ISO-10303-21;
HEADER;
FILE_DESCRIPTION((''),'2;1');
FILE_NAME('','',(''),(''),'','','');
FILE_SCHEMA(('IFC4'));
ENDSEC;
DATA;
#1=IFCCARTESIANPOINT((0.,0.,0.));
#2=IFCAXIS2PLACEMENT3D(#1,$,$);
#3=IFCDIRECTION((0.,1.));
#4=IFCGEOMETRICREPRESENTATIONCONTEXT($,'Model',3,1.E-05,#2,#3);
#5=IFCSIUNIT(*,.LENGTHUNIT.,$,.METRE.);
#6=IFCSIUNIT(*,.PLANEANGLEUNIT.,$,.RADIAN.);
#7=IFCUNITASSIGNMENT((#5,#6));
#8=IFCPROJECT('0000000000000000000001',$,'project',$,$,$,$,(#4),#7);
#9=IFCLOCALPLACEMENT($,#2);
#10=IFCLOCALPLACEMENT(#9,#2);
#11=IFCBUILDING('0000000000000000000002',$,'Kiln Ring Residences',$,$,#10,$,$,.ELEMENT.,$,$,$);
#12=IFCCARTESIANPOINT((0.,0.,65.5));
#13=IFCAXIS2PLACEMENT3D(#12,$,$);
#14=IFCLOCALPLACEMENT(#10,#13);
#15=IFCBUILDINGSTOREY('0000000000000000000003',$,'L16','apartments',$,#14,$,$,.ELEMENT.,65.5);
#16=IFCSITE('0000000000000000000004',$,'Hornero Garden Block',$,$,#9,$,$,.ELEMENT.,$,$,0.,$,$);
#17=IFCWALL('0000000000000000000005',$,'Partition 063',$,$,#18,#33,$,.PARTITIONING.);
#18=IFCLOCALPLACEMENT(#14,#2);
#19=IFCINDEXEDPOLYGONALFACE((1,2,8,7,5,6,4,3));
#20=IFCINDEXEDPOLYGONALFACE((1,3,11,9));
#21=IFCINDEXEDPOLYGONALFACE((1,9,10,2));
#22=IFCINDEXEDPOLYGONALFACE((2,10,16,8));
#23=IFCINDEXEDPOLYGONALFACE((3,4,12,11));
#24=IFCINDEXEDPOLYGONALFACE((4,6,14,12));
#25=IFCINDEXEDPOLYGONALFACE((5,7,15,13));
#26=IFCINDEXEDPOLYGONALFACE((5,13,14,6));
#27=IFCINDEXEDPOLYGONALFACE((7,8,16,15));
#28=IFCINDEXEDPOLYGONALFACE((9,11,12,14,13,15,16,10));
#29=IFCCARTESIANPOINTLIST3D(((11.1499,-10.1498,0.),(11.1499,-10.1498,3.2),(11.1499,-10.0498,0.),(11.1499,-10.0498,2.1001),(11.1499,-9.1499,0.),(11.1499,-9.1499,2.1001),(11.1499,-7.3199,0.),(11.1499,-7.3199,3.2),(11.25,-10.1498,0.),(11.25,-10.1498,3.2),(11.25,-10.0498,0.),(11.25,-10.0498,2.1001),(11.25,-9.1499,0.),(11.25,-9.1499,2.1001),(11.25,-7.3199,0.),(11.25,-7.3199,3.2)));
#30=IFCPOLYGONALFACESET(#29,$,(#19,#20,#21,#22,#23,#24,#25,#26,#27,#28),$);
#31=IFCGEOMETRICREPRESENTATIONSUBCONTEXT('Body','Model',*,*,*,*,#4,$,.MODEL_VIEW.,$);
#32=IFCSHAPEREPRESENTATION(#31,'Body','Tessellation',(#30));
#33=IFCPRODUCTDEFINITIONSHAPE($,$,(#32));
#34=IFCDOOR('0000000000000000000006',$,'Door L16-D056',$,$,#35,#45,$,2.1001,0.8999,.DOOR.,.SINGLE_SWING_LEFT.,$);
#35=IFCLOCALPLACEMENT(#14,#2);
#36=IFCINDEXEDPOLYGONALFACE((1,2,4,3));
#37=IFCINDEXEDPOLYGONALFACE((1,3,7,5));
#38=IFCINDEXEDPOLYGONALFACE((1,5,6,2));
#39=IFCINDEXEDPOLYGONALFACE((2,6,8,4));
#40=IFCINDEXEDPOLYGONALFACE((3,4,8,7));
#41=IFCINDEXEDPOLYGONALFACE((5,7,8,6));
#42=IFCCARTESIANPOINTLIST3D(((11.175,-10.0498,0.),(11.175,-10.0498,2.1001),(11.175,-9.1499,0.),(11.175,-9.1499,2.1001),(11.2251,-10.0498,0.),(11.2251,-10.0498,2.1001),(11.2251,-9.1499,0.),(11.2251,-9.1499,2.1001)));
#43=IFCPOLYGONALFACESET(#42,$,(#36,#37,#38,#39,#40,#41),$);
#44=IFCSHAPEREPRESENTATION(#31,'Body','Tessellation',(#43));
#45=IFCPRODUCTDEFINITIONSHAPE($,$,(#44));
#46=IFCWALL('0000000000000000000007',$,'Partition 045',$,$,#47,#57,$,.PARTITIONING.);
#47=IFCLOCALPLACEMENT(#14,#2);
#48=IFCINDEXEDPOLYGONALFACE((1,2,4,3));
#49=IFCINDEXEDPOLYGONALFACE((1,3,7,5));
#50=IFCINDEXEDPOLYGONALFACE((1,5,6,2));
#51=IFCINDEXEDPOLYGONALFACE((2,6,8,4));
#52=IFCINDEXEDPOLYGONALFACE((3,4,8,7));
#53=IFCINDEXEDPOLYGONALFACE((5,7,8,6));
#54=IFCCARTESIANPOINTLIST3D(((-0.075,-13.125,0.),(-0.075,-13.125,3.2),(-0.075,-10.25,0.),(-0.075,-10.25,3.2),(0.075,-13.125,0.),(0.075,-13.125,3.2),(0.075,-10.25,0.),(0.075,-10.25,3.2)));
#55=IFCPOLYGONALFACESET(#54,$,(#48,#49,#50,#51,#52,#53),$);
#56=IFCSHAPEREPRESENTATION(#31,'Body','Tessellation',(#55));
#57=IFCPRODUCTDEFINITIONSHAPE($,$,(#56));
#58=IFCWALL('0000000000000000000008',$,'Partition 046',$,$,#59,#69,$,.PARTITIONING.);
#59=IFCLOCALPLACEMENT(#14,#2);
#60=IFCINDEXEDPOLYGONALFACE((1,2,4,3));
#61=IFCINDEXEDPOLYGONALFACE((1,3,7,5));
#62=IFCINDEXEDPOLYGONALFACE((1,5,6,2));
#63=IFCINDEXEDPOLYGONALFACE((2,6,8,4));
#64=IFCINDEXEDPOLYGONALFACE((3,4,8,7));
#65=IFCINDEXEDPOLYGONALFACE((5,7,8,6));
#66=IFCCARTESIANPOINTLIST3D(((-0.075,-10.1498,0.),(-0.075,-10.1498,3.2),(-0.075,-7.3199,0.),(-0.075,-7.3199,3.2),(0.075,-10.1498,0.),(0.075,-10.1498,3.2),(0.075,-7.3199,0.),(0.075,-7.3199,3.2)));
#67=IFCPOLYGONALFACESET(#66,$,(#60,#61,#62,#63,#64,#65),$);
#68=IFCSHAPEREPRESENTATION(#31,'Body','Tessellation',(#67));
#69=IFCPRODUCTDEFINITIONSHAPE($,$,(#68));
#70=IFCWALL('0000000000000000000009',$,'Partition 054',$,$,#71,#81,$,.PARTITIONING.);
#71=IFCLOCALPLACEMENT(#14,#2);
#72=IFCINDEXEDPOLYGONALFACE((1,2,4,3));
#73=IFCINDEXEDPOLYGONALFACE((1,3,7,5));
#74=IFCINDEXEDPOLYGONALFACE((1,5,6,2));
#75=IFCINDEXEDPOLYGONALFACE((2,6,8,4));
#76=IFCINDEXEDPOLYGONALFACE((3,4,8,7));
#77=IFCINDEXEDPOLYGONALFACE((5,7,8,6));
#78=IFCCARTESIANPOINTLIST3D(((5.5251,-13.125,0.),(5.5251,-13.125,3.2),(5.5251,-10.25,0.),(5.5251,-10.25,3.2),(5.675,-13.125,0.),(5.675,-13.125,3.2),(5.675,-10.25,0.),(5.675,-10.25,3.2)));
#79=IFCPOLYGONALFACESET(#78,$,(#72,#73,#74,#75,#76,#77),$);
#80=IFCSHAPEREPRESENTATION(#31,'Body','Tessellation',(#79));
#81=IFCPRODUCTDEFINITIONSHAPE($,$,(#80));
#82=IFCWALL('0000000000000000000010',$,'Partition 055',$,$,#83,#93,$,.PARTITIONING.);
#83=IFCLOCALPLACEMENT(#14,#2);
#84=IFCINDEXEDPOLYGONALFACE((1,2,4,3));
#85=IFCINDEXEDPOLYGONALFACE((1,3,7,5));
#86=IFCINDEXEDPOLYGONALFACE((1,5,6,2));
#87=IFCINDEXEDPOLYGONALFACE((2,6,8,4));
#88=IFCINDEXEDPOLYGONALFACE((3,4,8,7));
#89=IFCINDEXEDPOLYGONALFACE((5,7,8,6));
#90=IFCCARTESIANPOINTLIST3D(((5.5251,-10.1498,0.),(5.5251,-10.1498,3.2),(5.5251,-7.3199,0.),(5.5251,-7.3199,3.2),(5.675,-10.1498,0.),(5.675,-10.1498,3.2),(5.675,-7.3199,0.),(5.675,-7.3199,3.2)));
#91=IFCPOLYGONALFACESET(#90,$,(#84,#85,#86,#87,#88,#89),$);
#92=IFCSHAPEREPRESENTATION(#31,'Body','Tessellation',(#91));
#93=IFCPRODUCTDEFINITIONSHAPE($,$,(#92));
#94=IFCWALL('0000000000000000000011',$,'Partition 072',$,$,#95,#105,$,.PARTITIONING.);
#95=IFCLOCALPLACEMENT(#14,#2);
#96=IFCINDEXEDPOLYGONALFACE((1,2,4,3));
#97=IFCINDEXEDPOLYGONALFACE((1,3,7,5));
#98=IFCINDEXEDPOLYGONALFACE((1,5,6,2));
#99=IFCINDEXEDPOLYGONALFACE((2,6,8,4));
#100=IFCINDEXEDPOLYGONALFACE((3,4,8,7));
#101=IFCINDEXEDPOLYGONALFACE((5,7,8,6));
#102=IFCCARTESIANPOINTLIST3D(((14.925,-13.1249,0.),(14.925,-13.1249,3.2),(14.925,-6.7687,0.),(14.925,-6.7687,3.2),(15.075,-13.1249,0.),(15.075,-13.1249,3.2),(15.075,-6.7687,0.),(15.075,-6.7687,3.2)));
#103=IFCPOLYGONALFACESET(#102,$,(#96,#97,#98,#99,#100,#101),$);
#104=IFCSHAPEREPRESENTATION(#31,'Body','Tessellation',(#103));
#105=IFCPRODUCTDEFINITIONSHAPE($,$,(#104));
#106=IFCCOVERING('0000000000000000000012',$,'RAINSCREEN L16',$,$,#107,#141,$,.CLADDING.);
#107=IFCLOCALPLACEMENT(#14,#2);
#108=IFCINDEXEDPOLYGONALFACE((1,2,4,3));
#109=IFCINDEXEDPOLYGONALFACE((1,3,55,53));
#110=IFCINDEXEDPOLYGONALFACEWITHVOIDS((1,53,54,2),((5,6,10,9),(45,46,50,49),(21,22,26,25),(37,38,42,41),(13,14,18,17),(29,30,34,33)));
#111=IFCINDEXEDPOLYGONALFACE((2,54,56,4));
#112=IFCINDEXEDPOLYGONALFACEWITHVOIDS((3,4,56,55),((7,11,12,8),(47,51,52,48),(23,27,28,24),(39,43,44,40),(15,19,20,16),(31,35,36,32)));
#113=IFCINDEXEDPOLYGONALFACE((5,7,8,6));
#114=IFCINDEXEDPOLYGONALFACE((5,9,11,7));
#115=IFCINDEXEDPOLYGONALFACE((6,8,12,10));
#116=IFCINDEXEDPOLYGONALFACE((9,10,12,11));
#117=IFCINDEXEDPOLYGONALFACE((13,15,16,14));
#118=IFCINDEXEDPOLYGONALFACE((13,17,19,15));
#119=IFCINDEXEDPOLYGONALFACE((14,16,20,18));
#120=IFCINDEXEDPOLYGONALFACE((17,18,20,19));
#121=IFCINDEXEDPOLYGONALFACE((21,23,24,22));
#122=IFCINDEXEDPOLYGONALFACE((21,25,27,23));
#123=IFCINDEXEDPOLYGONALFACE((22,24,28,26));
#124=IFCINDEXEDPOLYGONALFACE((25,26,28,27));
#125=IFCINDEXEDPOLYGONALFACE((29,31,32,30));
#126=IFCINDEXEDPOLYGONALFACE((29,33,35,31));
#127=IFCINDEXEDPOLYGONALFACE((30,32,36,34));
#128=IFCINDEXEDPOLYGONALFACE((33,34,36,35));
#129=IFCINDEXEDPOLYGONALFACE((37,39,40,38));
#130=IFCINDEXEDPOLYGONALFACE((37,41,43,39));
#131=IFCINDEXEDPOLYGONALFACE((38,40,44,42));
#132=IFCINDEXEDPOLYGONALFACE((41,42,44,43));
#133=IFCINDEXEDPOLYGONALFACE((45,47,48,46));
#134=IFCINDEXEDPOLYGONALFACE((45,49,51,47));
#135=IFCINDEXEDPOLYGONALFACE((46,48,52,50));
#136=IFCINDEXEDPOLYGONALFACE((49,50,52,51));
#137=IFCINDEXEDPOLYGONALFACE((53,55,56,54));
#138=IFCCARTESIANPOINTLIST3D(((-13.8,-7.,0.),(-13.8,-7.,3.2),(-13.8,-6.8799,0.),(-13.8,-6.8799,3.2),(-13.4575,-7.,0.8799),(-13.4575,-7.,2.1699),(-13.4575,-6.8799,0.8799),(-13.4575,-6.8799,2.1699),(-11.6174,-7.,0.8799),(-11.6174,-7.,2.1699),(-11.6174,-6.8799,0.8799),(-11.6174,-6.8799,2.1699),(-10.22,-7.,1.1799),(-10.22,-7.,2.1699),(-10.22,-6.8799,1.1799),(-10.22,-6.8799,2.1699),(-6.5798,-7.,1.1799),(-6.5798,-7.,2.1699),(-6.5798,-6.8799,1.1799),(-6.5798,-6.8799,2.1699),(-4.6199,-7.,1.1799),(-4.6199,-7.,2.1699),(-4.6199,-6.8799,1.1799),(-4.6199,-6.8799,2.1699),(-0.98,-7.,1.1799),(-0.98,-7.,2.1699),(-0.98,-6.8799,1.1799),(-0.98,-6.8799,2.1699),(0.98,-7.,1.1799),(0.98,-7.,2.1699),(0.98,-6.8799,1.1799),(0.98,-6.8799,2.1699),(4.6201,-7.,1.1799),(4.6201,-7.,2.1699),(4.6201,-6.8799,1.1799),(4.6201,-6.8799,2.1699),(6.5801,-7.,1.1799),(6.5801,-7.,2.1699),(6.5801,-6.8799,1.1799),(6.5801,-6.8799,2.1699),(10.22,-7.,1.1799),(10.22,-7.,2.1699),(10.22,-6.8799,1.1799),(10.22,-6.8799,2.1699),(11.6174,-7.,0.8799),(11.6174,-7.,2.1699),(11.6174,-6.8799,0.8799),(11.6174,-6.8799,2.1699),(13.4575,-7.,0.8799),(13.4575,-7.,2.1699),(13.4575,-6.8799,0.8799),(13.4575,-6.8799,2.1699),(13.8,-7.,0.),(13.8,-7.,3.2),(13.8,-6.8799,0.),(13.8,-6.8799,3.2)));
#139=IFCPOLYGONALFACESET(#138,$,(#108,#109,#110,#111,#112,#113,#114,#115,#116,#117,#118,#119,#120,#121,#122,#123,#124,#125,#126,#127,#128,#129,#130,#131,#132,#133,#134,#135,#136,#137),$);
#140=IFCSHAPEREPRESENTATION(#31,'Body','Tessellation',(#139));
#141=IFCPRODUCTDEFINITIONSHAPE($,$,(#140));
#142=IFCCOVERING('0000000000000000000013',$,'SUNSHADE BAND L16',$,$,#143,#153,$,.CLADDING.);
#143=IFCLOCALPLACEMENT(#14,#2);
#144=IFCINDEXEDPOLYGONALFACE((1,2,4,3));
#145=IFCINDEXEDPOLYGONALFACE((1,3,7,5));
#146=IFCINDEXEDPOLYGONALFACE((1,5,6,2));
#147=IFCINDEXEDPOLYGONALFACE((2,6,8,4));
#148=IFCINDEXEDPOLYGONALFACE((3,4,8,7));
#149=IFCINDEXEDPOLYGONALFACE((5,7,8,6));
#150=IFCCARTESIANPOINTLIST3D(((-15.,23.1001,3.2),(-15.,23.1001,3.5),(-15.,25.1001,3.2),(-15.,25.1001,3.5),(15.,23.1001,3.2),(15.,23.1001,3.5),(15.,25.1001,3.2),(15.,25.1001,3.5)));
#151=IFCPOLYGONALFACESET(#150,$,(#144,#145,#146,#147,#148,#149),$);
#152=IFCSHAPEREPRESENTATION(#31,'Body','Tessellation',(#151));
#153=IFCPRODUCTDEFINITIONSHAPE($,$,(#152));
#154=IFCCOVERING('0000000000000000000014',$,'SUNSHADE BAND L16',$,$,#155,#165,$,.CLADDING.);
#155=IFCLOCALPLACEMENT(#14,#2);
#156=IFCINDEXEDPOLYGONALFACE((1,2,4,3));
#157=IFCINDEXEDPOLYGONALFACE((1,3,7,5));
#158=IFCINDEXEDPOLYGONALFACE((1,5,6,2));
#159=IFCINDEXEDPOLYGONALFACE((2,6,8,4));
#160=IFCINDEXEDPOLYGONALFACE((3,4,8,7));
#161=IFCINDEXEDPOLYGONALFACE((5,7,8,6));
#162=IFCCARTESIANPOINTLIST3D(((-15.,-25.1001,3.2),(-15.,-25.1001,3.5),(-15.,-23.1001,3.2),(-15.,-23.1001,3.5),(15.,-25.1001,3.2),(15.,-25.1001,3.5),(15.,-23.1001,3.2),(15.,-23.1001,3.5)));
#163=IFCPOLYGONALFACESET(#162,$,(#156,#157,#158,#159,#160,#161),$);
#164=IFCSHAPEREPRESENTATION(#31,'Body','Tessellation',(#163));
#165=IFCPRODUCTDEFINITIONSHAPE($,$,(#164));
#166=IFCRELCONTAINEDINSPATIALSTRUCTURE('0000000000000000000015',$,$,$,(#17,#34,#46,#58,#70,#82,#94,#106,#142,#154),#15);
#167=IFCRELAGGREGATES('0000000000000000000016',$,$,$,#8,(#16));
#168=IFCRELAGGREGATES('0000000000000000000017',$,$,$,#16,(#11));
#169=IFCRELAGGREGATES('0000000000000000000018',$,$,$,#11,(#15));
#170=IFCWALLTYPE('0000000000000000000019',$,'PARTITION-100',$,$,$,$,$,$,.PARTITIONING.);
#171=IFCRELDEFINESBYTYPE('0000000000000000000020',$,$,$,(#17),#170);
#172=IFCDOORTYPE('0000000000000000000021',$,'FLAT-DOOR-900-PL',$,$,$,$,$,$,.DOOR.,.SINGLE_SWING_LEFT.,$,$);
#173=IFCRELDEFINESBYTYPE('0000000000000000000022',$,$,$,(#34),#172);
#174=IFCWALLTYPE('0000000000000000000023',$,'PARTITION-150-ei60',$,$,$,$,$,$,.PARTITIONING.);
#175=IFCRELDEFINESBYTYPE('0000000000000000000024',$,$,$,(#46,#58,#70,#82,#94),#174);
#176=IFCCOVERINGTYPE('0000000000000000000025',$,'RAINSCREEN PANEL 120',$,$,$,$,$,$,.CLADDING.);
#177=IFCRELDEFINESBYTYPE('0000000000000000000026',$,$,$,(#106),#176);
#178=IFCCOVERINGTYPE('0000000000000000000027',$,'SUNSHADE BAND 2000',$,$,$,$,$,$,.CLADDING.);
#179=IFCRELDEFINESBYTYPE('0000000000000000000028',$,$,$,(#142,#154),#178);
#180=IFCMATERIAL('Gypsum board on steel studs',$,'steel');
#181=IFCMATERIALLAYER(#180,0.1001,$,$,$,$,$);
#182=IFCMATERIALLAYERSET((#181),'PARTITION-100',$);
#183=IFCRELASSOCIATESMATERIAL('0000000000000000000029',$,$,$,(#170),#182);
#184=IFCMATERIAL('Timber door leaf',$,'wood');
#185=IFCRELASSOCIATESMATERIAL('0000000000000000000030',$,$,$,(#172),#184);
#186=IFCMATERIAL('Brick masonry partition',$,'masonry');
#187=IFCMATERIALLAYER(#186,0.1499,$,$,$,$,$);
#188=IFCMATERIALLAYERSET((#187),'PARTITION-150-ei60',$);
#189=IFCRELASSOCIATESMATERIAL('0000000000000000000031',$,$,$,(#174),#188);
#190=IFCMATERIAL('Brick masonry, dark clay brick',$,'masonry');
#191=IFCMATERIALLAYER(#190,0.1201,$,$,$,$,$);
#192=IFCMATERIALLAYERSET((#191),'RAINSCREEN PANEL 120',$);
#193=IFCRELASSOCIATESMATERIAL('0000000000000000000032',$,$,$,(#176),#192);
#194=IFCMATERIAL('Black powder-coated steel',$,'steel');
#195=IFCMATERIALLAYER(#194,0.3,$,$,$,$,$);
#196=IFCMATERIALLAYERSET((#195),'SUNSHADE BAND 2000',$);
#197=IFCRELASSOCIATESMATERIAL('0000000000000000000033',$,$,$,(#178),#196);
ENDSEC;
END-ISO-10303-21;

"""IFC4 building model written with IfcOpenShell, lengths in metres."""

from ifc_helpers import new_model, si_unit, direction, frame, frame_2d, origin, place, context, subcontext, project, spatial, polyline, rectangle, outline, extrude, material, layer, layer_set, type_object, element, fill, save


model = new_model("IFC4")

# Units and contexts
model_context = context("Model", 3, precision=1e-05, world=origin(), true_north=direction((0.0, 1.0)))
body_context = subcontext(model_context, "Body", "Model", "MODEL_VIEW")
ifc_project = project(units=[si_unit("LENGTHUNIT", "METRE"), si_unit("PLANEANGLEUNIT", "RADIAN")], contexts=[model_context])

# Site, building, storey
site_placement = place(None, origin())
site = spatial("IfcSite", under=ifc_project, at=site_placement, Name="Hornero Garden Block", CompositionType="ELEMENT", RefElevation=0.0)
building_placement = place(site_placement, origin())
building = spatial("IfcBuilding", under=site, at=building_placement, Name="Kiln Ring Residences", CompositionType="ELEMENT")
storey_placement = place(building_placement, frame((0.0, 0.0, 65.5)))
storey = spatial("IfcBuildingStorey", under=building, at=storey_placement, Name="L16", Description="apartments", CompositionType="ELEMENT", Elevation=65.5)

# Shared definitions
ifc_material_1 = material(Name="Gypsum board on steel studs", Category="steel")
ifc_layer_1 = layer(ifc_material_1, 0.1001)
ifc_layer_set_1 = layer_set([ifc_layer_1], Name="PARTITION-100")
wall_type_1 = type_object("IfcWallType", Name="PARTITION-100", PredefinedType="PARTITIONING", material=ifc_layer_set_1)

# Wall, opening, door
wall_1_placement = place(storey_placement, frame((11.2, -10.1499, 0.0), z_axis=(0.0, 0.0, 1.0), x_axis=(0.0, 1.0, 0.0)))
wall_1 = element("IfcWall", 1, at=wall_1_placement, inside=storey, type_object=wall_type_1, Name="Partition 063", PredefinedType="PARTITIONING", context=body_context, shape_type="SweptSolid", body=[
    extrude(rectangle(XDim=2.8298, YDim=0.1001, at=frame_2d((1.415, 0.0))), origin(), (0.0, 0.0, 1.0), 3.2),
])
opening_1_placement = place(wall_1_placement, frame((0.1001, 0.0, 0.0)))
opening_1 = element("IfcOpeningElement", 2, at=opening_1_placement, cuts=wall_1, PredefinedType="OPENING", context=body_context, shape_type="SweptSolid", body=[
    extrude(rectangle(XDim=0.8999, YDim=2.1001, at=frame_2d((0.45, 1.05))), frame((0.0, 0.0601, 0.0), z_axis=(0.0, -1.0, 0.0), x_axis=(1.0, 0.0, 0.0)), (0.0, 0.0, 1.0), 0.1201),
])
ifc_material_2 = material(Name="Timber door leaf", Category="wood")
door_type = type_object("IfcDoorType", Name="FLAT-DOOR-900-PL", OperationType="SINGLE_SWING_LEFT", PredefinedType="DOOR", material=ifc_material_2)
door_placement = place(opening_1_placement, origin())
door = element("IfcDoor", 3, at=door_placement, inside=storey, type_object=door_type, Name="Door L16-D056", OperationType="SINGLE_SWING_LEFT", OverallHeight=2.1001, OverallWidth=0.8999, PredefinedType="DOOR", context=body_context, shape_type="SweptSolid", body=[
    extrude(rectangle(XDim=0.8999, YDim=2.1001, at=frame_2d((0.45, 1.05))), frame((0.0, 0.0249, 0.0), z_axis=(0.0, -1.0, 0.0), x_axis=(1.0, 0.0, 0.0)), (0.0, 0.0, 1.0), 0.05),
])
fill(opening_1, door)

# Walls
ifc_material_3 = material(Name="Brick masonry partition", Category="masonry")
ifc_layer_2 = layer(ifc_material_3, 0.1499)
ifc_layer_set_2 = layer_set([ifc_layer_2], Name="PARTITION-150-ei60")
wall_type_2 = type_object("IfcWallType", Name="PARTITION-150-ei60", PredefinedType="PARTITIONING", material=ifc_layer_set_2)
wall_2_placement = place(storey_placement, frame((0.0, -13.125, 0.0), z_axis=(0.0, 0.0, 1.0), x_axis=(0.0, 1.0, 0.0)))
element("IfcWall", 4, at=wall_2_placement, inside=storey, type_object=wall_type_2, Name="Partition 045", PredefinedType="PARTITIONING", context=body_context, shape_type="SweptSolid", body=[
    extrude(rectangle(XDim=2.875, YDim=0.1499, at=frame_2d((1.4375, 0.0))), origin(), (0.0, 0.0, 1.0), 3.2),
])
wall_3_placement = place(storey_placement, frame((0.0, -10.1499, 0.0), z_axis=(0.0, 0.0, 1.0), x_axis=(0.0, 1.0, 0.0)))
element("IfcWall", 5, at=wall_3_placement, inside=storey, type_object=wall_type_2, Name="Partition 046", PredefinedType="PARTITIONING", context=body_context, shape_type="SweptSolid", body=[
    extrude(rectangle(XDim=2.8298, YDim=0.1499, at=frame_2d((1.415, 0.0))), origin(), (0.0, 0.0, 1.0), 3.2),
])
wall_4_placement = place(storey_placement, frame((5.6001, -13.125, 0.0), z_axis=(0.0, 0.0, 1.0), x_axis=(0.0, 1.0, 0.0)))
element("IfcWall", 6, at=wall_4_placement, inside=storey, type_object=wall_type_2, Name="Partition 054", PredefinedType="PARTITIONING", context=body_context, shape_type="SweptSolid", body=[
    extrude(rectangle(XDim=2.875, YDim=0.1499, at=frame_2d((1.4375, 0.0))), origin(), (0.0, 0.0, 1.0), 3.2),
])
wall_5_placement = place(storey_placement, frame((5.6001, -10.1499, 0.0), z_axis=(0.0, 0.0, 1.0), x_axis=(0.0, 1.0, 0.0)))
element("IfcWall", 7, at=wall_5_placement, inside=storey, type_object=wall_type_2, Name="Partition 055", PredefinedType="PARTITIONING", context=body_context, shape_type="SweptSolid", body=[
    extrude(rectangle(XDim=2.8298, YDim=0.1499, at=frame_2d((1.415, 0.0))), origin(), (0.0, 0.0, 1.0), 3.2),
])
wall_6_placement = place(storey_placement, frame((15.0, -13.125, 0.0), z_axis=(0.0, 0.0, 1.0), x_axis=(0.0, 1.0, 0.0)))
element("IfcWall", 8, at=wall_6_placement, inside=storey, type_object=wall_type_2, Name="Partition 072", PredefinedType="PARTITIONING", context=body_context, shape_type="SweptSolid", body=[
    extrude(rectangle(XDim=6.3562, YDim=0.1499, at=frame_2d((3.1782, 0.0))), origin(), (0.0, 0.0, 1.0), 3.2),
])

# Coverings
ifc_material_4 = material(Name="Brick masonry, dark clay brick", Category="masonry")
ifc_layer_3 = layer(ifc_material_4, 0.1201)
ifc_layer_set_3 = layer_set([ifc_layer_3], Name="RAINSCREEN PANEL 120")
covering_type_1 = type_object("IfcCoveringType", Name="RAINSCREEN PANEL 120", PredefinedType="CLADDING", material=ifc_layer_set_3)
covering_1_placement = place(storey_placement, frame((13.8, -6.9399, 0.0), z_axis=(0.0, 0.0, 1.0), x_axis=(-1.0, 0.0, 0.0)))
element("IfcCovering", 9, at=covering_1_placement, inside=storey, type_object=covering_type_1, Name="RAINSCREEN L16", PredefinedType="CLADDING", context=body_context, shape_type="SweptSolid", body=[
    extrude(outline(polyline([(0.0, 0.0), (27.6001, 0.0), (27.6001, 3.2), (0.0, 3.2), (0.0, 0.0)]), holes=[polyline([(2.1826, 0.8799), (2.1826, 2.1699), (0.3425, 2.1699), (0.3425, 0.8799), (2.1826, 0.8799)]), polyline([(25.4175, 0.8799), (27.2576, 0.8799), (27.2576, 2.1699), (25.4175, 2.1699), (25.4175, 0.8799)]), polyline([(3.5801, 1.1799), (7.22, 1.1799), (7.22, 2.1699), (3.5801, 2.1699), (3.5801, 1.1799)]), polyline([(12.8201, 1.1799), (12.8201, 2.1699), (9.1799, 2.1699), (9.1799, 1.1799), (12.8201, 1.1799)]), polyline([(14.78, 1.1799), (18.4199, 1.1799), (18.4199, 2.1699), (14.78, 2.1699), (14.78, 1.1799)]), polyline([(20.3799, 1.1799), (24.02, 1.1799), (24.02, 2.1699), (20.3799, 2.1699), (20.3799, 1.1799)])]), frame((0.0, 0.0601, 0.0), z_axis=(0.0, -1.0, 0.0), x_axis=(1.0, 0.0, 0.0)), (0.0, 0.0, 1.0), 0.1201),
])
ifc_material_5 = material(Name="Black powder-coated steel", Category="steel")
ifc_layer_4 = layer(ifc_material_5, 0.3)
ifc_layer_set_4 = layer_set([ifc_layer_4], Name="SUNSHADE BAND 2000")
covering_type_2 = type_object("IfcCoveringType", Name="SUNSHADE BAND 2000", PredefinedType="CLADDING", material=ifc_layer_set_4)
placement_1 = place(storey_placement, frame((0.0, 0.0, 3.2)))
element("IfcCovering", 10, at=placement_1, inside=storey, type_object=covering_type_2, Name="SUNSHADE BAND L16", PredefinedType="CLADDING", context=body_context, shape_type="SweptSolid", body=[
    extrude(outline(polyline([(15.0, 25.1001), (-15.0, 25.1001), (-15.0, 23.1001), (15.0, 23.1001), (15.0, 25.1001)])), origin(), (0.0, 0.0, 1.0), 0.3),
])
element("IfcCovering", 11, at=placement_1, inside=storey, type_object=covering_type_2, Name="SUNSHADE BAND L16", PredefinedType="CLADDING", context=body_context, shape_type="SweptSolid", body=[
    extrude(outline(polyline([(-15.0, -25.1001), (15.0, -25.1001), (15.0, -23.1001), (-15.0, -23.1001), (-15.0, -25.1001)])), origin(), (0.0, 0.0, 1.0), 0.3),
])

save(model, "model.ifc")
